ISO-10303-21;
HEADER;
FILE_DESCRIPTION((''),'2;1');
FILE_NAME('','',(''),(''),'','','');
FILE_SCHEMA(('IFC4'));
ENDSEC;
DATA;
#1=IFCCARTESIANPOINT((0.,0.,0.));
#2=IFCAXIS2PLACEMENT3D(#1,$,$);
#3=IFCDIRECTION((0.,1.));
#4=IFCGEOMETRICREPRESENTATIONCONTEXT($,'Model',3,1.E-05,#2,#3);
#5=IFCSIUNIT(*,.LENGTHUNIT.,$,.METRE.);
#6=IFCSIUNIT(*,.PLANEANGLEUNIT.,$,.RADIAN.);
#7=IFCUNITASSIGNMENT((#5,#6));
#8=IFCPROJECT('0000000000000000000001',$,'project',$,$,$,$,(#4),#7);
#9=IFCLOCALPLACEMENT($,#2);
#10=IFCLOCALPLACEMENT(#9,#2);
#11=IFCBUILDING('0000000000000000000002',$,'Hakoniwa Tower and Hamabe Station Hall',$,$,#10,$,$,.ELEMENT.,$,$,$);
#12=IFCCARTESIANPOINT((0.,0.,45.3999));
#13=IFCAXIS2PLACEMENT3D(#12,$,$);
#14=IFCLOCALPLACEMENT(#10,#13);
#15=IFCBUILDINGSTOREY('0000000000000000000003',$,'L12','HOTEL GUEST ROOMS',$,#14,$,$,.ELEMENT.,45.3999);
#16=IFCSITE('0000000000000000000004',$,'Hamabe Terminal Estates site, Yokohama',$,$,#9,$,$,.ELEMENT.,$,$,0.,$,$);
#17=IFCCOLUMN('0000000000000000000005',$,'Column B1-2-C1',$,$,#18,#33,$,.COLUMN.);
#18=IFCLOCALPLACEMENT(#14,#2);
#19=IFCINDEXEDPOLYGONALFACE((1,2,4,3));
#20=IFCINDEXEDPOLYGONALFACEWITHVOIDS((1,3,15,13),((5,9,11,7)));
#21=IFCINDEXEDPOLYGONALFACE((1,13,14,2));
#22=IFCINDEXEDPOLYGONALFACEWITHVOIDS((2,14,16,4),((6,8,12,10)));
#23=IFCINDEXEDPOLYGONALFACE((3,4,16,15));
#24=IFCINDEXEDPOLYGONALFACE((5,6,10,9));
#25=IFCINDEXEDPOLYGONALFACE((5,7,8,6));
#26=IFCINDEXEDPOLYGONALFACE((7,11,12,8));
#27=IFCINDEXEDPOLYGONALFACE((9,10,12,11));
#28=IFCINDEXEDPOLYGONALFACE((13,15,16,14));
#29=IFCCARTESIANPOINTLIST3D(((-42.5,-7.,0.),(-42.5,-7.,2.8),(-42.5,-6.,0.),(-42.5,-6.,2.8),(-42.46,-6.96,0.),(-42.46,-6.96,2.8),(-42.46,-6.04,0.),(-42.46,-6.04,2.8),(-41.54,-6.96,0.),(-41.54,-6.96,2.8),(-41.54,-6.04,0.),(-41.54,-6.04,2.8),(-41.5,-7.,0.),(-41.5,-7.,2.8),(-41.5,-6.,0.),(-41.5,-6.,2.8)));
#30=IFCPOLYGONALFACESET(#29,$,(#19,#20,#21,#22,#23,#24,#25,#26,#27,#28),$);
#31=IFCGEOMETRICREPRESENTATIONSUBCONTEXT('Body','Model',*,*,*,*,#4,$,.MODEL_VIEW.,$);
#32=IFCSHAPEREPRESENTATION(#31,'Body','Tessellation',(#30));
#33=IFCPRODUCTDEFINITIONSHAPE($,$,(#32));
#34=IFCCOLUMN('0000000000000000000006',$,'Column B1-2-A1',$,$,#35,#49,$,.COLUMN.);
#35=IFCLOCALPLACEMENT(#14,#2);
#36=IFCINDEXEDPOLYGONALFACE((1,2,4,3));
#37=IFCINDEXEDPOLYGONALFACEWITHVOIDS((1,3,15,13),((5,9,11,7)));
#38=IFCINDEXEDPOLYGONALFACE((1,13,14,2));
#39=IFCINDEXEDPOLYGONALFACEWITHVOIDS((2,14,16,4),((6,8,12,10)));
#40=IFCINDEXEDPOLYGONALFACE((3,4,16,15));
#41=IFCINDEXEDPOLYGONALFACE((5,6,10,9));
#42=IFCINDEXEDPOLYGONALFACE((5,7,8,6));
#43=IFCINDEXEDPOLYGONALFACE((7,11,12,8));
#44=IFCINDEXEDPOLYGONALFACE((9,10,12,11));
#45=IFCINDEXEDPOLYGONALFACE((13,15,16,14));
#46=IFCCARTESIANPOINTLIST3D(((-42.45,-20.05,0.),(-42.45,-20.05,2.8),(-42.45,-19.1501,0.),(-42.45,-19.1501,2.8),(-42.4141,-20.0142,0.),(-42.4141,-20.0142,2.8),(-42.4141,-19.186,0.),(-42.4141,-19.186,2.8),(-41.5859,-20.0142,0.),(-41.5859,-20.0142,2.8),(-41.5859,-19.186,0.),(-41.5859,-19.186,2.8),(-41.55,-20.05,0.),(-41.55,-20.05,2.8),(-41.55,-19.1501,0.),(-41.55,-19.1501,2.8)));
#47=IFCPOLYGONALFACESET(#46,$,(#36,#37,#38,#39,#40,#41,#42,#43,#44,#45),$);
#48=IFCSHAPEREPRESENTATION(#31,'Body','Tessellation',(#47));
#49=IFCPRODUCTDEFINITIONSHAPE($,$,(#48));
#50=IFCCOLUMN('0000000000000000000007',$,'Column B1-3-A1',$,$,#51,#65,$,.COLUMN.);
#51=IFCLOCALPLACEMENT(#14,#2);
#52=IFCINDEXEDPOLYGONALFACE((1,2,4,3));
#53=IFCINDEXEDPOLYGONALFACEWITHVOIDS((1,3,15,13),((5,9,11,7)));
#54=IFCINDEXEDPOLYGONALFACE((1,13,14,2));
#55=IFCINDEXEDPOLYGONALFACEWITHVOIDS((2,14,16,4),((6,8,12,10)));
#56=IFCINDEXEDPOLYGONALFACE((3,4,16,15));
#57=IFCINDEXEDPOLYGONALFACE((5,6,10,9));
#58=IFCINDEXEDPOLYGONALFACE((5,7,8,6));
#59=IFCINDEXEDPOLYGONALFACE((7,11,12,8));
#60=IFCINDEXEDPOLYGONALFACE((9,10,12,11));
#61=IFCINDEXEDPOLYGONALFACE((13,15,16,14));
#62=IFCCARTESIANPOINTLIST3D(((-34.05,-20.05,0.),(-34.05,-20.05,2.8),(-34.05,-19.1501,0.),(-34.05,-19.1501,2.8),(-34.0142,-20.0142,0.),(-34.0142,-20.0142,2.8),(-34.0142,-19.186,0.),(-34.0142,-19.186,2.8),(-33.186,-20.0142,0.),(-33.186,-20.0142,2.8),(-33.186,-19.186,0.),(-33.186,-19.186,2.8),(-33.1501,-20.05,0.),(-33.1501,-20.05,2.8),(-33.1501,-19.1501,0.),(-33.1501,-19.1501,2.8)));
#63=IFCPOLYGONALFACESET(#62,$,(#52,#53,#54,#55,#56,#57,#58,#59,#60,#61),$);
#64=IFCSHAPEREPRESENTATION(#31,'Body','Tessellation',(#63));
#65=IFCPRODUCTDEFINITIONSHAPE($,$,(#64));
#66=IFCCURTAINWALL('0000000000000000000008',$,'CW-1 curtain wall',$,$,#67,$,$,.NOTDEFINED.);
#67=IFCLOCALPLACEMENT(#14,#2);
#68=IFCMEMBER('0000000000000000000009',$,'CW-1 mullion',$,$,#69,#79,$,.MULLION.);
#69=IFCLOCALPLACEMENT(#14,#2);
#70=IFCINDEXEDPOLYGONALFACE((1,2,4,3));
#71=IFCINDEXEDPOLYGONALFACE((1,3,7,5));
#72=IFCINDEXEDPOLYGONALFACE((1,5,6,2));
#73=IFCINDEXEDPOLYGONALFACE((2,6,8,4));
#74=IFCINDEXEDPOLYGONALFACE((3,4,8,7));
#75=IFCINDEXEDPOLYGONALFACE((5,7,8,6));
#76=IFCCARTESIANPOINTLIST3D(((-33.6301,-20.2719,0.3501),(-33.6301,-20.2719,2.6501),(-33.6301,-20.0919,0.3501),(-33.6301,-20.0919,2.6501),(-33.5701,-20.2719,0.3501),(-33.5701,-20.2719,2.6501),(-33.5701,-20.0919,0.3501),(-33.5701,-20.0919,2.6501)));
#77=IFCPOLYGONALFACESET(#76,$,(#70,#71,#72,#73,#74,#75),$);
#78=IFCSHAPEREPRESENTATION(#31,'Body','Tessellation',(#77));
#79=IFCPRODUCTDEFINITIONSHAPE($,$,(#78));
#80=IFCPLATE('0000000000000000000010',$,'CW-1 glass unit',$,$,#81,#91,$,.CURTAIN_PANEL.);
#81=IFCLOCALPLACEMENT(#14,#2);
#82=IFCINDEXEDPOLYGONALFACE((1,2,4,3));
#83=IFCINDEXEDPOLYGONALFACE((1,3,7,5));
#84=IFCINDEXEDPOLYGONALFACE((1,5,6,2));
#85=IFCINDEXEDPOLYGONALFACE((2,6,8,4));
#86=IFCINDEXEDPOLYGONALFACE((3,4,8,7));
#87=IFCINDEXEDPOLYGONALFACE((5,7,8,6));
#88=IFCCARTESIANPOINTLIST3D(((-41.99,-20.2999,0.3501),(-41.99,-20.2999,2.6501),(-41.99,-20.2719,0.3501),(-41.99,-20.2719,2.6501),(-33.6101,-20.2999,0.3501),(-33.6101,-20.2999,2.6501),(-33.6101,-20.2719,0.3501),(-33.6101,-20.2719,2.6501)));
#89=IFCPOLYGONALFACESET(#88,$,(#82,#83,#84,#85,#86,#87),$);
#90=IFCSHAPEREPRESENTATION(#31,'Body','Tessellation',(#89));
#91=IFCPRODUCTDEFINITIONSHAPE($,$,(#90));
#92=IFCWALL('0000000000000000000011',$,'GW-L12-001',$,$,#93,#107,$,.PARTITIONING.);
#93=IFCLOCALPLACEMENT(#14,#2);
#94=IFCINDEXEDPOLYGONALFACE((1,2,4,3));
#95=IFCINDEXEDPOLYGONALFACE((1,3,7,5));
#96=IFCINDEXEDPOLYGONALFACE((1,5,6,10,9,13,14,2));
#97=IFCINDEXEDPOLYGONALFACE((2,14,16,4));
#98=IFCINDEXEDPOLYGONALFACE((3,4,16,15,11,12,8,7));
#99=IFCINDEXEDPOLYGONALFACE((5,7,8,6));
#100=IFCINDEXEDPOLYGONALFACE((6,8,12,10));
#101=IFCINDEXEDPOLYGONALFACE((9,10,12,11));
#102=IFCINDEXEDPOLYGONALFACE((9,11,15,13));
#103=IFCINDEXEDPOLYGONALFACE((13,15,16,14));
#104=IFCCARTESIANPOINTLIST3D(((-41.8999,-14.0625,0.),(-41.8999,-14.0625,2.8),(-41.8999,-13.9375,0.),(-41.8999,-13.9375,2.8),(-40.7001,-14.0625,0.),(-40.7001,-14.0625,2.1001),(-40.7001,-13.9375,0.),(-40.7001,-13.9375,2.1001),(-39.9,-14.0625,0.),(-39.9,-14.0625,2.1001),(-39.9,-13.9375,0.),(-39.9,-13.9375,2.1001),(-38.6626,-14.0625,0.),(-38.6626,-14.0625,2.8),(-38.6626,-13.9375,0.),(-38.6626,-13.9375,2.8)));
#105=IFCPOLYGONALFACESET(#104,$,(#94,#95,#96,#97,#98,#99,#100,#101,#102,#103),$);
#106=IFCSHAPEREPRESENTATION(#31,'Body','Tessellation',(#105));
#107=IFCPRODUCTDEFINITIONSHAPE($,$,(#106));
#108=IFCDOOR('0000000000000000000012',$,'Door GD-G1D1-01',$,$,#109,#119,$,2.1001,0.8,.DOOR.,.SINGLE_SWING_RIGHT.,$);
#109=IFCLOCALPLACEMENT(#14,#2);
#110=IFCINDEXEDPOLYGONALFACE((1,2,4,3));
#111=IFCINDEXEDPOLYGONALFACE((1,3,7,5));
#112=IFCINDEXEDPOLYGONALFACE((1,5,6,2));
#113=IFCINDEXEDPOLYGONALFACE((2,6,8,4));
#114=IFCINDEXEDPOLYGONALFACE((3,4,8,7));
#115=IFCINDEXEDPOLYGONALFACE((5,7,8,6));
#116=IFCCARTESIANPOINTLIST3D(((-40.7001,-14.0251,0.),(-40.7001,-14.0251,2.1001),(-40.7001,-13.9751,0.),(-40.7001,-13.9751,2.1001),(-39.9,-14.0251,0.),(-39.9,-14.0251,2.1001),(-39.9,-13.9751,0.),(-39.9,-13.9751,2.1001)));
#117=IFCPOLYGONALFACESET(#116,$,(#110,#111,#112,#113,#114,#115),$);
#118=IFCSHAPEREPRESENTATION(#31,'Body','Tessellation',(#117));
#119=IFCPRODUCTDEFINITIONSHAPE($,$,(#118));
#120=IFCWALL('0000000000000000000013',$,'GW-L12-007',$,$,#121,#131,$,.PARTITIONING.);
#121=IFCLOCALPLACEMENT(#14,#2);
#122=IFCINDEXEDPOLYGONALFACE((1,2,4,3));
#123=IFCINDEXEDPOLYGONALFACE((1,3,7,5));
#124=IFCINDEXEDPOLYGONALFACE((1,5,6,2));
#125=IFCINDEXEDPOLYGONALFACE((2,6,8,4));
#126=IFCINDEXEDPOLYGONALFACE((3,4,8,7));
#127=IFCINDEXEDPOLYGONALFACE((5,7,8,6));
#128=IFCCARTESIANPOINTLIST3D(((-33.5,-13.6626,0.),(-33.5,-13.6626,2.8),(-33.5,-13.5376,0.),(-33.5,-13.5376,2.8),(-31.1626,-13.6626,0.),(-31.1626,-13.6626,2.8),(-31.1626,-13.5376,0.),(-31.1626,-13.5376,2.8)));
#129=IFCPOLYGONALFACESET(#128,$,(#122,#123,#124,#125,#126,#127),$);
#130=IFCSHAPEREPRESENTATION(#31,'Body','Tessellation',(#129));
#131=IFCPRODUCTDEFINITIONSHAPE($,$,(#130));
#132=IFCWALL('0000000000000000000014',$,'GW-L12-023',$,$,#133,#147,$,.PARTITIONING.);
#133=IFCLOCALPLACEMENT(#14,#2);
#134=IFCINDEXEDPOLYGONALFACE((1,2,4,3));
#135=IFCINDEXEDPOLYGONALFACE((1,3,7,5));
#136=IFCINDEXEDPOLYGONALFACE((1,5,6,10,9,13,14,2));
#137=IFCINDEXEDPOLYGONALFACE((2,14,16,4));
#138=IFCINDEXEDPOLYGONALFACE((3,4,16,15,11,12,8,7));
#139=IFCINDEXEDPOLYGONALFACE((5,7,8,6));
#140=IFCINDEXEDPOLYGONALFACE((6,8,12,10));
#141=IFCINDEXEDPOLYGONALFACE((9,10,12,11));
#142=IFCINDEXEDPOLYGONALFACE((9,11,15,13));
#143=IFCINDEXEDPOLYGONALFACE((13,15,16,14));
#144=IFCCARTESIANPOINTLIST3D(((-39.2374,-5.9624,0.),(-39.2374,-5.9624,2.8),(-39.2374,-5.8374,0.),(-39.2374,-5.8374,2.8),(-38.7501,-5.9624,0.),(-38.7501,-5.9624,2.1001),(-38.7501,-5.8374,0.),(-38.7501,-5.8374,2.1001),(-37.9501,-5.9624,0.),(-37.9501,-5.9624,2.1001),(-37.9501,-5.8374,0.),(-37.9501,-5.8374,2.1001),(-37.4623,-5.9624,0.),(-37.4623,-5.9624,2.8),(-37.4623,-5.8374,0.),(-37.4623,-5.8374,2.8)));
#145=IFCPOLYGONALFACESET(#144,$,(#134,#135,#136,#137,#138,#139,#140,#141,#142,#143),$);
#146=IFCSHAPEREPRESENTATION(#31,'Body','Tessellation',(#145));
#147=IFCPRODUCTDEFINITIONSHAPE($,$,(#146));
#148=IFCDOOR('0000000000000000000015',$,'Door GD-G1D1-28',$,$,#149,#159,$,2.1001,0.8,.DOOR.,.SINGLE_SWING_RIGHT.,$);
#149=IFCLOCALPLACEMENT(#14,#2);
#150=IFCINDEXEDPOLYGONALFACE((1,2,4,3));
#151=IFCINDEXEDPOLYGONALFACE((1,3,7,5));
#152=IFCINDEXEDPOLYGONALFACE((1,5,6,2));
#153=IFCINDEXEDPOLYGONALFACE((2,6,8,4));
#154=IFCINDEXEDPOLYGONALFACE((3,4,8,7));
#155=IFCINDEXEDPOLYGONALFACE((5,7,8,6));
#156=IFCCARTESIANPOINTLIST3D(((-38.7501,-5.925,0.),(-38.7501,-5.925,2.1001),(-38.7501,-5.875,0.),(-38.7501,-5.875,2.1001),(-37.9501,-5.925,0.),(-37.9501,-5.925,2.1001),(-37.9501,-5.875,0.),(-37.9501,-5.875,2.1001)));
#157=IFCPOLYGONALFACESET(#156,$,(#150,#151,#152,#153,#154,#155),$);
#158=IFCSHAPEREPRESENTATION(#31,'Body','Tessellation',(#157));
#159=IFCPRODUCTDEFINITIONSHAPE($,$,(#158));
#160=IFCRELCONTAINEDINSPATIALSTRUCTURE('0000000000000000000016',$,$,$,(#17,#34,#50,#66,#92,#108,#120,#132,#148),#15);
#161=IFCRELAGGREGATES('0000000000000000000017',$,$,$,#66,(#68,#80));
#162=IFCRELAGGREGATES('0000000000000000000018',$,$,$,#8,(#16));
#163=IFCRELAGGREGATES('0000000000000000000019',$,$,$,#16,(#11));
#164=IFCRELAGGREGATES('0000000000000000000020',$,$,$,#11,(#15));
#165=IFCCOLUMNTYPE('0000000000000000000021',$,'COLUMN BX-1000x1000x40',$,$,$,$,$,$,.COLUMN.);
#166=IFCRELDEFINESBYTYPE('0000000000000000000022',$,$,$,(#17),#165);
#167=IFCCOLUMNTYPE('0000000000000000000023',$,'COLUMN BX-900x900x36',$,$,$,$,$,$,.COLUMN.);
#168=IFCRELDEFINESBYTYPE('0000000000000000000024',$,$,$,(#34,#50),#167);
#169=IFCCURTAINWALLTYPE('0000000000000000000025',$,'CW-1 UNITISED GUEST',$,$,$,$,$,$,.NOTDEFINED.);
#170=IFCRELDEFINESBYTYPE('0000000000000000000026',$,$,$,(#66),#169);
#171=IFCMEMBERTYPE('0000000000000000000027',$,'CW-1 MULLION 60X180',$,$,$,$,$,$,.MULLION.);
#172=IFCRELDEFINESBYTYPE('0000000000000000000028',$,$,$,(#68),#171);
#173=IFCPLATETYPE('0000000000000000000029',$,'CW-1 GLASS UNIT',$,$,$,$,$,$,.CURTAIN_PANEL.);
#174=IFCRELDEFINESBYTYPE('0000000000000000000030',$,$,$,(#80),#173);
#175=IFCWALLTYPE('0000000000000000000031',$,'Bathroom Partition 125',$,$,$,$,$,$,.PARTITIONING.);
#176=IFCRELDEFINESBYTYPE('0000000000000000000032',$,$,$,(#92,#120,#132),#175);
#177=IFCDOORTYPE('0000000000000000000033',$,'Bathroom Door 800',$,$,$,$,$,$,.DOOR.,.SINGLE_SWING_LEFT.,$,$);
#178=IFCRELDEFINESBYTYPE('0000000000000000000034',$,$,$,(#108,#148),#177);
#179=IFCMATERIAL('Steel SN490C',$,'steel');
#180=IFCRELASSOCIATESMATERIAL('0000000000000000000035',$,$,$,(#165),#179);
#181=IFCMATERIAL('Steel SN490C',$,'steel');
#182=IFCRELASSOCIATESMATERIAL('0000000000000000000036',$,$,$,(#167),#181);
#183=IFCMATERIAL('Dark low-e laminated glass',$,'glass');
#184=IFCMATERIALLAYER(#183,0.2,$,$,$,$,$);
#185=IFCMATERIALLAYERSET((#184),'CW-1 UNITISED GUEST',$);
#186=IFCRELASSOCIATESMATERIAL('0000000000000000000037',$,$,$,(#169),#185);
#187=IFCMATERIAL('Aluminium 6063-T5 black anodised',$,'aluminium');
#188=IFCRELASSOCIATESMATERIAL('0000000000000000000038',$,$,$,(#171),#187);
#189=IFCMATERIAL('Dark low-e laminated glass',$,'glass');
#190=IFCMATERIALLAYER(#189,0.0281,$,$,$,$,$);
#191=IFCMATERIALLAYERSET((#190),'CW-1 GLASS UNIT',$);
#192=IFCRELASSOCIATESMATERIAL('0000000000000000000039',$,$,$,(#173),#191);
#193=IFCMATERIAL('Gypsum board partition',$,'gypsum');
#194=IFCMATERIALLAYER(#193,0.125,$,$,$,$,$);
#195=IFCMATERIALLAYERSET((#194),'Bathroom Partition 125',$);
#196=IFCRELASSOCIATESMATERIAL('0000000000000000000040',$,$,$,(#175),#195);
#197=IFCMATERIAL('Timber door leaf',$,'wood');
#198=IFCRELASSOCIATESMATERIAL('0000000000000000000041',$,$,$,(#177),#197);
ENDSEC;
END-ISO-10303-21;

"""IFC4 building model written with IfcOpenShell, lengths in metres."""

from ifc_helpers import new_model, si_unit, direction, frame, frame_2d, origin, origin_2d, place, context, subcontext, project, spatial, rectangle, hollow_rectangle, extrude, material, layer, layer_set, material_profile, profile_set, type_object, element, fill, aggregate, save


model = new_model("IFC4")

# Units and contexts
model_context = context("Model", 3, precision=1e-05, world=origin(), true_north=direction((0.0, 1.0)))
body_context = subcontext(model_context, "Body", "Model", "MODEL_VIEW")
ifc_project = project(units=[si_unit("LENGTHUNIT", "METRE"), si_unit("PLANEANGLEUNIT", "RADIAN")], contexts=[model_context])

# Site, building, storey
site_placement = place(None, origin())
site = spatial("IfcSite", under=ifc_project, at=site_placement, Name="Hamabe Terminal Estates site, Yokohama", CompositionType="ELEMENT", RefElevation=0.0)
building_placement = place(site_placement, origin())
building = spatial("IfcBuilding", under=site, at=building_placement, Name="Hakoniwa Tower and Hamabe Station Hall", CompositionType="ELEMENT")
storey_placement = place(building_placement, frame((0.0, 0.0, 45.3999)))
storey = spatial("IfcBuildingStorey", under=building, at=storey_placement, Name="L12", Description="HOTEL GUEST ROOMS", CompositionType="ELEMENT", Elevation=45.3999)

# Columns
ifc_material_1 = material(Name="Steel SN490C", Category="steel")
ifc_material_profile_1 = material_profile(ifc_material_1, hollow_rectangle(XDim=1.0, YDim=1.0, WallThickness=0.04, at=origin_2d()), Name="BX-1000x1000x40")
ifc_profile_set_1 = profile_set([ifc_material_profile_1], Name="Steel SN490C")
column_type_1 = type_object("IfcColumnType", Name="COLUMN BX-1000x1000x40", PredefinedType="COLUMN", material=ifc_profile_set_1)
column_placement = place(storey_placement, frame((-42.0, -6.5, 0.0), z_axis=(0.0, 0.0, 1.0), x_axis=(1.0, 0.0, 0.0)))
element("IfcColumn", 1, at=column_placement, inside=storey, type_object=column_type_1, Name="Column B1-2-C1", PredefinedType="COLUMN", context=body_context, shape_type="SweptSolid", body=[
    extrude(hollow_rectangle(XDim=1.0, YDim=1.0, WallThickness=0.04, at=origin_2d()), origin(), (0.0, 0.0, 1.0), 2.8),
])
ifc_material_2 = material(Name="Steel SN490C", Category="steel")
ifc_material_profile_2 = material_profile(ifc_material_2, hollow_rectangle(XDim=0.8999, YDim=0.8999, WallThickness=0.0359, at=origin_2d()), Name="BX-900x900x36")
ifc_profile_set_2 = profile_set([ifc_material_profile_2], Name="Steel SN490C")
column_type_2 = type_object("IfcColumnType", Name="COLUMN BX-900x900x36", PredefinedType="COLUMN", material=ifc_profile_set_2)
for number, where, z_axis, x_axis, name in (
    (2, (-42.0, -19.6001, 0.0), (0.0, 0.0, 1.0), (1.0, 0.0, 0.0), "Column B1-2-A1"),
    (3, (-33.6001, -19.6001, 0.0), (0.0, 0.0, 1.0), (1.0, 0.0, 0.0), "Column B1-3-A1"),
):
    element("IfcColumn", number, at=place(storey_placement, frame(where, z_axis=z_axis, x_axis=x_axis)), inside=storey, type_object=column_type_2, Name=name, PredefinedType="COLUMN", context=body_context, shape_type="SweptSolid", body=[
        extrude(hollow_rectangle(XDim=0.8999, YDim=0.8999, WallThickness=0.0359, at=origin_2d()), origin(), (0.0, 0.0, 1.0), 2.8),
    ])

# Curtain wall, member, plate
ifc_material_3 = material(Name="Dark low-e laminated glass", Category="glass")
ifc_layer_1 = layer(ifc_material_3, 0.2)
ifc_layer_set_1 = layer_set([ifc_layer_1], Name="CW-1 UNITISED GUEST")
curtain_wall_type = type_object("IfcCurtainWallType", Name="CW-1 UNITISED GUEST", PredefinedType="NOTDEFINED", material=ifc_layer_set_1)
curtain_wall_placement = place(storey_placement, origin())
curtain_wall = element("IfcCurtainWall", 4, at=curtain_wall_placement, inside=storey, type_object=curtain_wall_type, Name="CW-1 curtain wall", PredefinedType="NOTDEFINED")
ifc_material_4 = material(Name="Aluminium 6063-T5 black anodised", Category="aluminium")
ifc_material_profile_3 = material_profile(ifc_material_4, rectangle(XDim=0.0601, YDim=0.1799, at=origin_2d()), Name="CW-1 MULLION 60X180")
ifc_profile_set_3 = profile_set([ifc_material_profile_3], Name="Aluminium 6063-T5 black anodised")
member_type = type_object("IfcMemberType", Name="CW-1 MULLION 60X180", PredefinedType="MULLION", material=ifc_profile_set_3)
member_placement = place(storey_placement, frame((-33.6001, -20.1819, 0.3501), z_axis=(0.0, 0.0, 1.0), x_axis=(1.0, 0.0, 0.0)))
member = element("IfcMember", 5, at=member_placement, type_object=member_type, Name="CW-1 mullion", PredefinedType="MULLION", context=body_context, shape_type="SweptSolid", body=[
    extrude(rectangle(XDim=0.0601, YDim=0.1799, at=origin_2d()), origin(), (0.0, 0.0, 1.0), 2.3),
])
ifc_material_5 = material(Name="Dark low-e laminated glass", Category="glass")
ifc_layer_2 = layer(ifc_material_5, 0.0281)
ifc_layer_set_2 = layer_set([ifc_layer_2], Name="CW-1 GLASS UNIT")
plate_type = type_object("IfcPlateType", Name="CW-1 GLASS UNIT", PredefinedType="CURTAIN_PANEL", material=ifc_layer_set_2)
plate_placement = place(storey_placement, frame((-37.8, -20.2859, 0.3501), z_axis=(0.0, 0.0, 1.0), x_axis=(1.0, 0.0, 0.0)))
plate = element("IfcPlate", 6, at=plate_placement, type_object=plate_type, Name="CW-1 glass unit", PredefinedType="CURTAIN_PANEL", context=body_context, shape_type="SweptSolid", body=[
    extrude(rectangle(XDim=8.3799, YDim=0.0281, at=origin_2d()), origin(), (0.0, 0.0, 1.0), 2.3),
])
aggregate(curtain_wall, [member, plate])

# Wall, opening, door
ifc_material_6 = material(Name="Gypsum board partition", Category="gypsum")
ifc_layer_3 = layer(ifc_material_6, 0.125)
ifc_layer_set_3 = layer_set([ifc_layer_3], Name="Bathroom Partition 125")
wall_type_1 = type_object("IfcWallType", Name="Bathroom Partition 125", PredefinedType="PARTITIONING", material=ifc_layer_set_3)
wall_1_placement = place(storey_placement, frame((-41.8999, -14.0, 0.0), z_axis=(0.0, 0.0, 1.0), x_axis=(1.0, 0.0, 0.0)))
wall_1 = element("IfcWall", 7, at=wall_1_placement, inside=storey, type_object=wall_type_1, Name="GW-L12-001", PredefinedType="PARTITIONING", context=body_context, shape_type="SweptSolid", body=[
    extrude(rectangle(XDim=3.2373, YDim=0.125, at=frame_2d((1.6187, 0.0))), origin(), (0.0, 0.0, 1.0), 2.8),
])
opening_1_placement = place(wall_1_placement, frame((1.2, 0.0, 0.0)))
opening_1 = element("IfcOpeningElement", 8, at=opening_1_placement, cuts=wall_1, PredefinedType="OPENING", context=body_context, shape_type="SweptSolid", body=[
    extrude(rectangle(XDim=0.8, YDim=2.1001, at=frame_2d((0.3999, 1.05))), frame((0.0, 0.0725, 0.0), z_axis=(0.0, -1.0, 0.0), x_axis=(1.0, 0.0, 0.0)), (0.0, 0.0, 1.0), 0.145),
])
ifc_material_7 = material(Name="Timber door leaf", Category="wood")
door_type_1 = type_object("IfcDoorType", Name="Bathroom Door 800", OperationType="SINGLE_SWING_LEFT", PredefinedType="DOOR", material=ifc_material_7)
door_1_placement = place(opening_1_placement, origin())
door_1 = element("IfcDoor", 9, at=door_1_placement, inside=storey, type_object=door_type_1, Name="Door GD-G1D1-01", OperationType="SINGLE_SWING_RIGHT", OverallHeight=2.1001, OverallWidth=0.8, PredefinedType="DOOR", context=body_context, shape_type="SweptSolid", body=[
    extrude(rectangle(XDim=0.8, YDim=2.1001, at=frame_2d((0.3999, 1.05))), frame((0.0, 0.0249, 0.0), z_axis=(0.0, -1.0, 0.0), x_axis=(1.0, 0.0, 0.0)), (0.0, 0.0, 1.0), 0.05),
])
fill(opening_1, door_1)

# Wall
wall_2_placement = place(storey_placement, frame((-33.5, -13.6001, 0.0), z_axis=(0.0, 0.0, 1.0), x_axis=(1.0, 0.0, 0.0)))
element("IfcWall", 10, at=wall_2_placement, inside=storey, type_object=wall_type_1, Name="GW-L12-007", PredefinedType="PARTITIONING", context=body_context, shape_type="SweptSolid", body=[
    extrude(rectangle(XDim=2.3374, YDim=0.125, at=frame_2d((1.1687, 0.0))), origin(), (0.0, 0.0, 1.0), 2.8),
])

# Wall, opening, door
wall_3_placement = place(storey_placement, frame((-39.2375, -5.8999, 0.0), z_axis=(0.0, 0.0, 1.0), x_axis=(1.0, 0.0, 0.0)))
wall_3 = element("IfcWall", 11, at=wall_3_placement, inside=storey, type_object=wall_type_1, Name="GW-L12-023", PredefinedType="PARTITIONING", context=body_context, shape_type="SweptSolid", body=[
    extrude(rectangle(XDim=1.7751, YDim=0.125, at=frame_2d((0.8877, 0.0))), origin(), (0.0, 0.0, 1.0), 2.8),
])
opening_2_placement = place(wall_3_placement, frame((0.4875, 0.0, 0.0)))
opening_2 = element("IfcOpeningElement", 12, at=opening_2_placement, cuts=wall_3, PredefinedType="OPENING", context=body_context, shape_type="SweptSolid", body=[
    extrude(rectangle(XDim=0.8, YDim=2.1001, at=frame_2d((0.3999, 1.05))), frame((0.0, 0.0725, 0.0), z_axis=(0.0, -1.0, 0.0), x_axis=(1.0, 0.0, 0.0)), (0.0, 0.0, 1.0), 0.145),
])
door_2_placement = place(opening_2_placement, origin())
door_2 = element("IfcDoor", 13, at=door_2_placement, inside=storey, type_object=door_type_1, Name="Door GD-G1D1-28", OperationType="SINGLE_SWING_RIGHT", OverallHeight=2.1001, OverallWidth=0.8, PredefinedType="DOOR", context=body_context, shape_type="SweptSolid", body=[
    extrude(rectangle(XDim=0.8, YDim=2.1001, at=frame_2d((0.3999, 1.05))), frame((0.0, 0.0249, 0.0), z_axis=(0.0, -1.0, 0.0), x_axis=(1.0, 0.0, 0.0)), (0.0, 0.0, 1.0), 0.05),
])
fill(opening_2, door_2)

save(model, "model.ifc")
